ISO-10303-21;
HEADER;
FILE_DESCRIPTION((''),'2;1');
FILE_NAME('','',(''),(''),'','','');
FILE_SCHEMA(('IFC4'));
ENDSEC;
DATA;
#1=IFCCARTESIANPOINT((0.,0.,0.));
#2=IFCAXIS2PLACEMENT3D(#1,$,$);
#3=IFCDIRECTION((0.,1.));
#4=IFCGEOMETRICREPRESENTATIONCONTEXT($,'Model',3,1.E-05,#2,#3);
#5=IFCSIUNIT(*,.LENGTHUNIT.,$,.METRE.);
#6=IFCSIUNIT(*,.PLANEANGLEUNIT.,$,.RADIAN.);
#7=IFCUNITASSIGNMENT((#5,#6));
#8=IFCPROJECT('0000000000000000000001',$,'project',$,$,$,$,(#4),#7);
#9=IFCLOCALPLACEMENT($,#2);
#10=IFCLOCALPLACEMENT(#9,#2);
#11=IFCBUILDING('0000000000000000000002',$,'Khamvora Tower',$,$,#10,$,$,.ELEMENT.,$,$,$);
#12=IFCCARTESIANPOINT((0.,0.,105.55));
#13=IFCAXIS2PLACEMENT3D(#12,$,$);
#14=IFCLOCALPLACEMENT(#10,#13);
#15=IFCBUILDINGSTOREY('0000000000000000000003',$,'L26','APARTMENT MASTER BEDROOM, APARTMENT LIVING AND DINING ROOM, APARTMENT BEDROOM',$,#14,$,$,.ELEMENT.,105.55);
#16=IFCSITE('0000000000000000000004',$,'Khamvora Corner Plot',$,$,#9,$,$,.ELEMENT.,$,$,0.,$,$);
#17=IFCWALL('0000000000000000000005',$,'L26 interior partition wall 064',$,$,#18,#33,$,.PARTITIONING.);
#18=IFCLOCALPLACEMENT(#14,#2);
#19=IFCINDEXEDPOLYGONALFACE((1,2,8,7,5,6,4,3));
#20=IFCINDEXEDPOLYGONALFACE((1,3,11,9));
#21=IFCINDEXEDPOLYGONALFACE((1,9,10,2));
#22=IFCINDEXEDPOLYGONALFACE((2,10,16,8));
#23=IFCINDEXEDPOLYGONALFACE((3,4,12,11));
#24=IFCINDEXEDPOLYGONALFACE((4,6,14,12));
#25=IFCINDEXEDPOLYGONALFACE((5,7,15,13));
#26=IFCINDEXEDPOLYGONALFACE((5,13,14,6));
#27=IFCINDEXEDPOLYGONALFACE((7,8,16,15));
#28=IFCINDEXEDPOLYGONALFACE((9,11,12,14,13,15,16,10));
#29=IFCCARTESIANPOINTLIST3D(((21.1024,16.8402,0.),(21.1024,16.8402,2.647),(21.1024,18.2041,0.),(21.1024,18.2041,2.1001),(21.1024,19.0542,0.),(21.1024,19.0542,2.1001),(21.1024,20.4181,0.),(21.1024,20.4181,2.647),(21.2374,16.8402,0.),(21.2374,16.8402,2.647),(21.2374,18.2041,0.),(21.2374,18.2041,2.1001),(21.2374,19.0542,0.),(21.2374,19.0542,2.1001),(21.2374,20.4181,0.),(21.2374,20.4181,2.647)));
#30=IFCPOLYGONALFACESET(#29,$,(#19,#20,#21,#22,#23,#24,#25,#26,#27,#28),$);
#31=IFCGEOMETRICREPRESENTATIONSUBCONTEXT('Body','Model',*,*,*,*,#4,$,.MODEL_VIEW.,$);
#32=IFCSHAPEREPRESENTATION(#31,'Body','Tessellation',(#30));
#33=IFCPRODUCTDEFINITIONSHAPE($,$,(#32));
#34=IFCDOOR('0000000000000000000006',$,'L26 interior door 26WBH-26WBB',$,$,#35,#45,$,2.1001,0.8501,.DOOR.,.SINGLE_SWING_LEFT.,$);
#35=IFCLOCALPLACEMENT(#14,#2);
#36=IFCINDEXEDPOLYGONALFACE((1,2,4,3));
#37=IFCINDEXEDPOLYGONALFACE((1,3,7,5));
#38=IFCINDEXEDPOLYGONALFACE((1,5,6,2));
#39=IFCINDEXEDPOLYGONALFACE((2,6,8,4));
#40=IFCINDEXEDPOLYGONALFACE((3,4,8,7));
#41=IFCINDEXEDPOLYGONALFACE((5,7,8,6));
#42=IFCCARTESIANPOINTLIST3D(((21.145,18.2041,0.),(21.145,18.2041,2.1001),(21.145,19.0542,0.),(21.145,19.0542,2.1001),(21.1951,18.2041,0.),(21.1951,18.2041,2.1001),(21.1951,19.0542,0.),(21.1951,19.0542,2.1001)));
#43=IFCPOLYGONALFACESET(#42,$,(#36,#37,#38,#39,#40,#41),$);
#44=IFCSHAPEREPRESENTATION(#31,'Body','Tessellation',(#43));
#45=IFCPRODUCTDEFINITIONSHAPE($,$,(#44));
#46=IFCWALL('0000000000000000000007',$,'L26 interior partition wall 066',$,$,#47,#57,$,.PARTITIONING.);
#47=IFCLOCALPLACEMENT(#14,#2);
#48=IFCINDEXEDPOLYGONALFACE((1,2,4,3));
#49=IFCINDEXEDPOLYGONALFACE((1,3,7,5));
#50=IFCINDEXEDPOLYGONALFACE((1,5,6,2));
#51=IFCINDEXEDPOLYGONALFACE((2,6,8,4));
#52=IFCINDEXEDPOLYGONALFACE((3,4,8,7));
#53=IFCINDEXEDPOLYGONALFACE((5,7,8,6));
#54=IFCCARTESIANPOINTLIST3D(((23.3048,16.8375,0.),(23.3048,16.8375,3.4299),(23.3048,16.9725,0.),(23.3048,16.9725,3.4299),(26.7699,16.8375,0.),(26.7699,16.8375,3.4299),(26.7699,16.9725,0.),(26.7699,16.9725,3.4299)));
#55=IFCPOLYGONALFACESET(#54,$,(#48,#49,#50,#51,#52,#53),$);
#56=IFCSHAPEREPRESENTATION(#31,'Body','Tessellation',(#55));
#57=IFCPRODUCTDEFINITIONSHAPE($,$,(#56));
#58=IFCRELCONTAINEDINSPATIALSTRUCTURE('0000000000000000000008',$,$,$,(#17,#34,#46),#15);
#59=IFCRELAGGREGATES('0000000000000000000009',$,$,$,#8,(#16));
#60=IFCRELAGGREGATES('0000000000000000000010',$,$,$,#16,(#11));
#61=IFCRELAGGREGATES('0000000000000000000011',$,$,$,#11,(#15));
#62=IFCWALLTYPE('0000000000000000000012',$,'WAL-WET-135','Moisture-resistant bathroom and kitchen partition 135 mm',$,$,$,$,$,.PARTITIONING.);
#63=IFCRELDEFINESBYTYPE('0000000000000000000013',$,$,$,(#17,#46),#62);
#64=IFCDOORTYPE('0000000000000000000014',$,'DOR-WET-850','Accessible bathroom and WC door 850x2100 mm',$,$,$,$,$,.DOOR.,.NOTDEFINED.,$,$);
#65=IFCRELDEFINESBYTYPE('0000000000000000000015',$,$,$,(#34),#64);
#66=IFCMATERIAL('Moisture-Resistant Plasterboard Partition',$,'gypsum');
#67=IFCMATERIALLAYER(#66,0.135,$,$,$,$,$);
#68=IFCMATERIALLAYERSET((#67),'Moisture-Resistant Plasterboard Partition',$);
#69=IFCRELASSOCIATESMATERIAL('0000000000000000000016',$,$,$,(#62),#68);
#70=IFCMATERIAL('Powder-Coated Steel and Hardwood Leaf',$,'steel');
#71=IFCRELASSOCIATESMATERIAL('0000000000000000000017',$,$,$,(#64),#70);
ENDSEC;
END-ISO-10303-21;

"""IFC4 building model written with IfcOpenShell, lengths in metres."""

from ifc_helpers import new_model, si_unit, direction, frame, frame_2d, origin, place, context, subcontext, project, spatial, rectangle, extrude, material, layer, layer_set, type_object, element, fill, save


model = new_model("IFC4")

# Units and contexts
model_context = context("Model", 3, precision=1e-05, world=origin(), true_north=direction((0.0, 1.0)))
body_context = subcontext(model_context, "Body", "Model", "MODEL_VIEW")
ifc_project = project(units=[si_unit("LENGTHUNIT", "METRE"), si_unit("PLANEANGLEUNIT", "RADIAN")], contexts=[model_context])

# Site, building, storey
site_placement = place(None, origin())
site = spatial("IfcSite", under=ifc_project, at=site_placement, Name="Khamvora Corner Plot", CompositionType="ELEMENT", RefElevation=0.0)
building_placement = place(site_placement, origin())
building = spatial("IfcBuilding", under=site, at=building_placement, Name="Khamvora Tower", CompositionType="ELEMENT")
storey_placement = place(building_placement, frame((0.0, 0.0, 105.55)))
storey = spatial("IfcBuildingStorey", under=building, at=storey_placement, Name="L26", Description="APARTMENT MASTER BEDROOM, APARTMENT LIVING AND DINING ROOM, APARTMENT BEDROOM", CompositionType="ELEMENT", Elevation=105.55)

# Shared definitions
ifc_material_1 = material(Name="Powder-Coated Steel and Hardwood Leaf", Category="steel")

# Wall, opening, door
ifc_material_2 = material(Name="Moisture-Resistant Plasterboard Partition", Category="gypsum")
ifc_layer_1 = layer(ifc_material_2, 0.135)
ifc_layer_set_1 = layer_set([ifc_layer_1], Name="Moisture-Resistant Plasterboard Partition")
wall_type_1 = type_object("IfcWallType", Name="WAL-WET-135", Description="Moisture-resistant bathroom and kitchen partition 135 mm", PredefinedType="PARTITIONING", material=ifc_layer_set_1)
wall_1_placement = place(storey_placement, frame((21.1699, 16.8401, 0.0), z_axis=(0.0, 0.0, 1.0), x_axis=(0.0, 1.0, 0.0)))
wall_1 = element("IfcWall", 1, at=wall_1_placement, inside=storey, type_object=wall_type_1, Name="L26 interior partition wall 064", PredefinedType="PARTITIONING", context=body_context, shape_type="SweptSolid", body=[
    extrude(rectangle(XDim=3.5779, YDim=0.135, at=frame_2d((1.7891, 0.0))), origin(), (0.0, 0.0, 1.0), 2.647),
])
opening_1_placement = place(wall_1_placement, frame((1.364, 0.0, 0.0)))
opening_1 = element("IfcOpeningElement", 2, at=opening_1_placement, cuts=wall_1, PredefinedType="OPENING", context=body_context, shape_type="SweptSolid", body=[
    extrude(rectangle(XDim=0.8501, YDim=2.1001, at=frame_2d((0.425, 1.05))), frame((0.0, 0.0774, 0.0), z_axis=(0.0, -1.0, 0.0), x_axis=(1.0, 0.0, 0.0)), (0.0, 0.0, 1.0), 0.155),
])
door_type_1 = type_object("IfcDoorType", Name="DOR-WET-850", Description="Accessible bathroom and WC door 850x2100 mm", OperationType="NOTDEFINED", PredefinedType="DOOR", material=ifc_material_1)
door_1_placement = place(opening_1_placement, origin())
door_1 = element("IfcDoor", 3, at=door_1_placement, inside=storey, type_object=door_type_1, Name="L26 interior door 26WBH-26WBB", OperationType="SINGLE_SWING_LEFT", OverallHeight=2.1001, OverallWidth=0.8501, PredefinedType="DOOR", context=body_context, shape_type="SweptSolid", body=[
    extrude(rectangle(XDim=0.8501, YDim=2.1001, at=frame_2d((0.425, 1.05))), frame((0.0, 0.0249, 0.0), z_axis=(0.0, -1.0, 0.0), x_axis=(1.0, 0.0, 0.0)), (0.0, 0.0, 1.0), 0.05),
])
fill(opening_1, door_1)

# Wall
wall_2_placement = place(storey_placement, frame((23.3049, 16.905, 0.0), z_axis=(0.0, 0.0, 1.0), x_axis=(1.0, 0.0, 0.0)))
element("IfcWall", 4, at=wall_2_placement, inside=storey, type_object=wall_type_1, Name="L26 interior partition wall 066", PredefinedType="PARTITIONING", context=body_context, shape_type="SweptSolid", body=[
    extrude(rectangle(XDim=3.4651, YDim=0.135, at=frame_2d((1.7324, 0.0))), origin(), (0.0, 0.0, 1.0), 3.4299),
])

save(model, "model.ifc")
